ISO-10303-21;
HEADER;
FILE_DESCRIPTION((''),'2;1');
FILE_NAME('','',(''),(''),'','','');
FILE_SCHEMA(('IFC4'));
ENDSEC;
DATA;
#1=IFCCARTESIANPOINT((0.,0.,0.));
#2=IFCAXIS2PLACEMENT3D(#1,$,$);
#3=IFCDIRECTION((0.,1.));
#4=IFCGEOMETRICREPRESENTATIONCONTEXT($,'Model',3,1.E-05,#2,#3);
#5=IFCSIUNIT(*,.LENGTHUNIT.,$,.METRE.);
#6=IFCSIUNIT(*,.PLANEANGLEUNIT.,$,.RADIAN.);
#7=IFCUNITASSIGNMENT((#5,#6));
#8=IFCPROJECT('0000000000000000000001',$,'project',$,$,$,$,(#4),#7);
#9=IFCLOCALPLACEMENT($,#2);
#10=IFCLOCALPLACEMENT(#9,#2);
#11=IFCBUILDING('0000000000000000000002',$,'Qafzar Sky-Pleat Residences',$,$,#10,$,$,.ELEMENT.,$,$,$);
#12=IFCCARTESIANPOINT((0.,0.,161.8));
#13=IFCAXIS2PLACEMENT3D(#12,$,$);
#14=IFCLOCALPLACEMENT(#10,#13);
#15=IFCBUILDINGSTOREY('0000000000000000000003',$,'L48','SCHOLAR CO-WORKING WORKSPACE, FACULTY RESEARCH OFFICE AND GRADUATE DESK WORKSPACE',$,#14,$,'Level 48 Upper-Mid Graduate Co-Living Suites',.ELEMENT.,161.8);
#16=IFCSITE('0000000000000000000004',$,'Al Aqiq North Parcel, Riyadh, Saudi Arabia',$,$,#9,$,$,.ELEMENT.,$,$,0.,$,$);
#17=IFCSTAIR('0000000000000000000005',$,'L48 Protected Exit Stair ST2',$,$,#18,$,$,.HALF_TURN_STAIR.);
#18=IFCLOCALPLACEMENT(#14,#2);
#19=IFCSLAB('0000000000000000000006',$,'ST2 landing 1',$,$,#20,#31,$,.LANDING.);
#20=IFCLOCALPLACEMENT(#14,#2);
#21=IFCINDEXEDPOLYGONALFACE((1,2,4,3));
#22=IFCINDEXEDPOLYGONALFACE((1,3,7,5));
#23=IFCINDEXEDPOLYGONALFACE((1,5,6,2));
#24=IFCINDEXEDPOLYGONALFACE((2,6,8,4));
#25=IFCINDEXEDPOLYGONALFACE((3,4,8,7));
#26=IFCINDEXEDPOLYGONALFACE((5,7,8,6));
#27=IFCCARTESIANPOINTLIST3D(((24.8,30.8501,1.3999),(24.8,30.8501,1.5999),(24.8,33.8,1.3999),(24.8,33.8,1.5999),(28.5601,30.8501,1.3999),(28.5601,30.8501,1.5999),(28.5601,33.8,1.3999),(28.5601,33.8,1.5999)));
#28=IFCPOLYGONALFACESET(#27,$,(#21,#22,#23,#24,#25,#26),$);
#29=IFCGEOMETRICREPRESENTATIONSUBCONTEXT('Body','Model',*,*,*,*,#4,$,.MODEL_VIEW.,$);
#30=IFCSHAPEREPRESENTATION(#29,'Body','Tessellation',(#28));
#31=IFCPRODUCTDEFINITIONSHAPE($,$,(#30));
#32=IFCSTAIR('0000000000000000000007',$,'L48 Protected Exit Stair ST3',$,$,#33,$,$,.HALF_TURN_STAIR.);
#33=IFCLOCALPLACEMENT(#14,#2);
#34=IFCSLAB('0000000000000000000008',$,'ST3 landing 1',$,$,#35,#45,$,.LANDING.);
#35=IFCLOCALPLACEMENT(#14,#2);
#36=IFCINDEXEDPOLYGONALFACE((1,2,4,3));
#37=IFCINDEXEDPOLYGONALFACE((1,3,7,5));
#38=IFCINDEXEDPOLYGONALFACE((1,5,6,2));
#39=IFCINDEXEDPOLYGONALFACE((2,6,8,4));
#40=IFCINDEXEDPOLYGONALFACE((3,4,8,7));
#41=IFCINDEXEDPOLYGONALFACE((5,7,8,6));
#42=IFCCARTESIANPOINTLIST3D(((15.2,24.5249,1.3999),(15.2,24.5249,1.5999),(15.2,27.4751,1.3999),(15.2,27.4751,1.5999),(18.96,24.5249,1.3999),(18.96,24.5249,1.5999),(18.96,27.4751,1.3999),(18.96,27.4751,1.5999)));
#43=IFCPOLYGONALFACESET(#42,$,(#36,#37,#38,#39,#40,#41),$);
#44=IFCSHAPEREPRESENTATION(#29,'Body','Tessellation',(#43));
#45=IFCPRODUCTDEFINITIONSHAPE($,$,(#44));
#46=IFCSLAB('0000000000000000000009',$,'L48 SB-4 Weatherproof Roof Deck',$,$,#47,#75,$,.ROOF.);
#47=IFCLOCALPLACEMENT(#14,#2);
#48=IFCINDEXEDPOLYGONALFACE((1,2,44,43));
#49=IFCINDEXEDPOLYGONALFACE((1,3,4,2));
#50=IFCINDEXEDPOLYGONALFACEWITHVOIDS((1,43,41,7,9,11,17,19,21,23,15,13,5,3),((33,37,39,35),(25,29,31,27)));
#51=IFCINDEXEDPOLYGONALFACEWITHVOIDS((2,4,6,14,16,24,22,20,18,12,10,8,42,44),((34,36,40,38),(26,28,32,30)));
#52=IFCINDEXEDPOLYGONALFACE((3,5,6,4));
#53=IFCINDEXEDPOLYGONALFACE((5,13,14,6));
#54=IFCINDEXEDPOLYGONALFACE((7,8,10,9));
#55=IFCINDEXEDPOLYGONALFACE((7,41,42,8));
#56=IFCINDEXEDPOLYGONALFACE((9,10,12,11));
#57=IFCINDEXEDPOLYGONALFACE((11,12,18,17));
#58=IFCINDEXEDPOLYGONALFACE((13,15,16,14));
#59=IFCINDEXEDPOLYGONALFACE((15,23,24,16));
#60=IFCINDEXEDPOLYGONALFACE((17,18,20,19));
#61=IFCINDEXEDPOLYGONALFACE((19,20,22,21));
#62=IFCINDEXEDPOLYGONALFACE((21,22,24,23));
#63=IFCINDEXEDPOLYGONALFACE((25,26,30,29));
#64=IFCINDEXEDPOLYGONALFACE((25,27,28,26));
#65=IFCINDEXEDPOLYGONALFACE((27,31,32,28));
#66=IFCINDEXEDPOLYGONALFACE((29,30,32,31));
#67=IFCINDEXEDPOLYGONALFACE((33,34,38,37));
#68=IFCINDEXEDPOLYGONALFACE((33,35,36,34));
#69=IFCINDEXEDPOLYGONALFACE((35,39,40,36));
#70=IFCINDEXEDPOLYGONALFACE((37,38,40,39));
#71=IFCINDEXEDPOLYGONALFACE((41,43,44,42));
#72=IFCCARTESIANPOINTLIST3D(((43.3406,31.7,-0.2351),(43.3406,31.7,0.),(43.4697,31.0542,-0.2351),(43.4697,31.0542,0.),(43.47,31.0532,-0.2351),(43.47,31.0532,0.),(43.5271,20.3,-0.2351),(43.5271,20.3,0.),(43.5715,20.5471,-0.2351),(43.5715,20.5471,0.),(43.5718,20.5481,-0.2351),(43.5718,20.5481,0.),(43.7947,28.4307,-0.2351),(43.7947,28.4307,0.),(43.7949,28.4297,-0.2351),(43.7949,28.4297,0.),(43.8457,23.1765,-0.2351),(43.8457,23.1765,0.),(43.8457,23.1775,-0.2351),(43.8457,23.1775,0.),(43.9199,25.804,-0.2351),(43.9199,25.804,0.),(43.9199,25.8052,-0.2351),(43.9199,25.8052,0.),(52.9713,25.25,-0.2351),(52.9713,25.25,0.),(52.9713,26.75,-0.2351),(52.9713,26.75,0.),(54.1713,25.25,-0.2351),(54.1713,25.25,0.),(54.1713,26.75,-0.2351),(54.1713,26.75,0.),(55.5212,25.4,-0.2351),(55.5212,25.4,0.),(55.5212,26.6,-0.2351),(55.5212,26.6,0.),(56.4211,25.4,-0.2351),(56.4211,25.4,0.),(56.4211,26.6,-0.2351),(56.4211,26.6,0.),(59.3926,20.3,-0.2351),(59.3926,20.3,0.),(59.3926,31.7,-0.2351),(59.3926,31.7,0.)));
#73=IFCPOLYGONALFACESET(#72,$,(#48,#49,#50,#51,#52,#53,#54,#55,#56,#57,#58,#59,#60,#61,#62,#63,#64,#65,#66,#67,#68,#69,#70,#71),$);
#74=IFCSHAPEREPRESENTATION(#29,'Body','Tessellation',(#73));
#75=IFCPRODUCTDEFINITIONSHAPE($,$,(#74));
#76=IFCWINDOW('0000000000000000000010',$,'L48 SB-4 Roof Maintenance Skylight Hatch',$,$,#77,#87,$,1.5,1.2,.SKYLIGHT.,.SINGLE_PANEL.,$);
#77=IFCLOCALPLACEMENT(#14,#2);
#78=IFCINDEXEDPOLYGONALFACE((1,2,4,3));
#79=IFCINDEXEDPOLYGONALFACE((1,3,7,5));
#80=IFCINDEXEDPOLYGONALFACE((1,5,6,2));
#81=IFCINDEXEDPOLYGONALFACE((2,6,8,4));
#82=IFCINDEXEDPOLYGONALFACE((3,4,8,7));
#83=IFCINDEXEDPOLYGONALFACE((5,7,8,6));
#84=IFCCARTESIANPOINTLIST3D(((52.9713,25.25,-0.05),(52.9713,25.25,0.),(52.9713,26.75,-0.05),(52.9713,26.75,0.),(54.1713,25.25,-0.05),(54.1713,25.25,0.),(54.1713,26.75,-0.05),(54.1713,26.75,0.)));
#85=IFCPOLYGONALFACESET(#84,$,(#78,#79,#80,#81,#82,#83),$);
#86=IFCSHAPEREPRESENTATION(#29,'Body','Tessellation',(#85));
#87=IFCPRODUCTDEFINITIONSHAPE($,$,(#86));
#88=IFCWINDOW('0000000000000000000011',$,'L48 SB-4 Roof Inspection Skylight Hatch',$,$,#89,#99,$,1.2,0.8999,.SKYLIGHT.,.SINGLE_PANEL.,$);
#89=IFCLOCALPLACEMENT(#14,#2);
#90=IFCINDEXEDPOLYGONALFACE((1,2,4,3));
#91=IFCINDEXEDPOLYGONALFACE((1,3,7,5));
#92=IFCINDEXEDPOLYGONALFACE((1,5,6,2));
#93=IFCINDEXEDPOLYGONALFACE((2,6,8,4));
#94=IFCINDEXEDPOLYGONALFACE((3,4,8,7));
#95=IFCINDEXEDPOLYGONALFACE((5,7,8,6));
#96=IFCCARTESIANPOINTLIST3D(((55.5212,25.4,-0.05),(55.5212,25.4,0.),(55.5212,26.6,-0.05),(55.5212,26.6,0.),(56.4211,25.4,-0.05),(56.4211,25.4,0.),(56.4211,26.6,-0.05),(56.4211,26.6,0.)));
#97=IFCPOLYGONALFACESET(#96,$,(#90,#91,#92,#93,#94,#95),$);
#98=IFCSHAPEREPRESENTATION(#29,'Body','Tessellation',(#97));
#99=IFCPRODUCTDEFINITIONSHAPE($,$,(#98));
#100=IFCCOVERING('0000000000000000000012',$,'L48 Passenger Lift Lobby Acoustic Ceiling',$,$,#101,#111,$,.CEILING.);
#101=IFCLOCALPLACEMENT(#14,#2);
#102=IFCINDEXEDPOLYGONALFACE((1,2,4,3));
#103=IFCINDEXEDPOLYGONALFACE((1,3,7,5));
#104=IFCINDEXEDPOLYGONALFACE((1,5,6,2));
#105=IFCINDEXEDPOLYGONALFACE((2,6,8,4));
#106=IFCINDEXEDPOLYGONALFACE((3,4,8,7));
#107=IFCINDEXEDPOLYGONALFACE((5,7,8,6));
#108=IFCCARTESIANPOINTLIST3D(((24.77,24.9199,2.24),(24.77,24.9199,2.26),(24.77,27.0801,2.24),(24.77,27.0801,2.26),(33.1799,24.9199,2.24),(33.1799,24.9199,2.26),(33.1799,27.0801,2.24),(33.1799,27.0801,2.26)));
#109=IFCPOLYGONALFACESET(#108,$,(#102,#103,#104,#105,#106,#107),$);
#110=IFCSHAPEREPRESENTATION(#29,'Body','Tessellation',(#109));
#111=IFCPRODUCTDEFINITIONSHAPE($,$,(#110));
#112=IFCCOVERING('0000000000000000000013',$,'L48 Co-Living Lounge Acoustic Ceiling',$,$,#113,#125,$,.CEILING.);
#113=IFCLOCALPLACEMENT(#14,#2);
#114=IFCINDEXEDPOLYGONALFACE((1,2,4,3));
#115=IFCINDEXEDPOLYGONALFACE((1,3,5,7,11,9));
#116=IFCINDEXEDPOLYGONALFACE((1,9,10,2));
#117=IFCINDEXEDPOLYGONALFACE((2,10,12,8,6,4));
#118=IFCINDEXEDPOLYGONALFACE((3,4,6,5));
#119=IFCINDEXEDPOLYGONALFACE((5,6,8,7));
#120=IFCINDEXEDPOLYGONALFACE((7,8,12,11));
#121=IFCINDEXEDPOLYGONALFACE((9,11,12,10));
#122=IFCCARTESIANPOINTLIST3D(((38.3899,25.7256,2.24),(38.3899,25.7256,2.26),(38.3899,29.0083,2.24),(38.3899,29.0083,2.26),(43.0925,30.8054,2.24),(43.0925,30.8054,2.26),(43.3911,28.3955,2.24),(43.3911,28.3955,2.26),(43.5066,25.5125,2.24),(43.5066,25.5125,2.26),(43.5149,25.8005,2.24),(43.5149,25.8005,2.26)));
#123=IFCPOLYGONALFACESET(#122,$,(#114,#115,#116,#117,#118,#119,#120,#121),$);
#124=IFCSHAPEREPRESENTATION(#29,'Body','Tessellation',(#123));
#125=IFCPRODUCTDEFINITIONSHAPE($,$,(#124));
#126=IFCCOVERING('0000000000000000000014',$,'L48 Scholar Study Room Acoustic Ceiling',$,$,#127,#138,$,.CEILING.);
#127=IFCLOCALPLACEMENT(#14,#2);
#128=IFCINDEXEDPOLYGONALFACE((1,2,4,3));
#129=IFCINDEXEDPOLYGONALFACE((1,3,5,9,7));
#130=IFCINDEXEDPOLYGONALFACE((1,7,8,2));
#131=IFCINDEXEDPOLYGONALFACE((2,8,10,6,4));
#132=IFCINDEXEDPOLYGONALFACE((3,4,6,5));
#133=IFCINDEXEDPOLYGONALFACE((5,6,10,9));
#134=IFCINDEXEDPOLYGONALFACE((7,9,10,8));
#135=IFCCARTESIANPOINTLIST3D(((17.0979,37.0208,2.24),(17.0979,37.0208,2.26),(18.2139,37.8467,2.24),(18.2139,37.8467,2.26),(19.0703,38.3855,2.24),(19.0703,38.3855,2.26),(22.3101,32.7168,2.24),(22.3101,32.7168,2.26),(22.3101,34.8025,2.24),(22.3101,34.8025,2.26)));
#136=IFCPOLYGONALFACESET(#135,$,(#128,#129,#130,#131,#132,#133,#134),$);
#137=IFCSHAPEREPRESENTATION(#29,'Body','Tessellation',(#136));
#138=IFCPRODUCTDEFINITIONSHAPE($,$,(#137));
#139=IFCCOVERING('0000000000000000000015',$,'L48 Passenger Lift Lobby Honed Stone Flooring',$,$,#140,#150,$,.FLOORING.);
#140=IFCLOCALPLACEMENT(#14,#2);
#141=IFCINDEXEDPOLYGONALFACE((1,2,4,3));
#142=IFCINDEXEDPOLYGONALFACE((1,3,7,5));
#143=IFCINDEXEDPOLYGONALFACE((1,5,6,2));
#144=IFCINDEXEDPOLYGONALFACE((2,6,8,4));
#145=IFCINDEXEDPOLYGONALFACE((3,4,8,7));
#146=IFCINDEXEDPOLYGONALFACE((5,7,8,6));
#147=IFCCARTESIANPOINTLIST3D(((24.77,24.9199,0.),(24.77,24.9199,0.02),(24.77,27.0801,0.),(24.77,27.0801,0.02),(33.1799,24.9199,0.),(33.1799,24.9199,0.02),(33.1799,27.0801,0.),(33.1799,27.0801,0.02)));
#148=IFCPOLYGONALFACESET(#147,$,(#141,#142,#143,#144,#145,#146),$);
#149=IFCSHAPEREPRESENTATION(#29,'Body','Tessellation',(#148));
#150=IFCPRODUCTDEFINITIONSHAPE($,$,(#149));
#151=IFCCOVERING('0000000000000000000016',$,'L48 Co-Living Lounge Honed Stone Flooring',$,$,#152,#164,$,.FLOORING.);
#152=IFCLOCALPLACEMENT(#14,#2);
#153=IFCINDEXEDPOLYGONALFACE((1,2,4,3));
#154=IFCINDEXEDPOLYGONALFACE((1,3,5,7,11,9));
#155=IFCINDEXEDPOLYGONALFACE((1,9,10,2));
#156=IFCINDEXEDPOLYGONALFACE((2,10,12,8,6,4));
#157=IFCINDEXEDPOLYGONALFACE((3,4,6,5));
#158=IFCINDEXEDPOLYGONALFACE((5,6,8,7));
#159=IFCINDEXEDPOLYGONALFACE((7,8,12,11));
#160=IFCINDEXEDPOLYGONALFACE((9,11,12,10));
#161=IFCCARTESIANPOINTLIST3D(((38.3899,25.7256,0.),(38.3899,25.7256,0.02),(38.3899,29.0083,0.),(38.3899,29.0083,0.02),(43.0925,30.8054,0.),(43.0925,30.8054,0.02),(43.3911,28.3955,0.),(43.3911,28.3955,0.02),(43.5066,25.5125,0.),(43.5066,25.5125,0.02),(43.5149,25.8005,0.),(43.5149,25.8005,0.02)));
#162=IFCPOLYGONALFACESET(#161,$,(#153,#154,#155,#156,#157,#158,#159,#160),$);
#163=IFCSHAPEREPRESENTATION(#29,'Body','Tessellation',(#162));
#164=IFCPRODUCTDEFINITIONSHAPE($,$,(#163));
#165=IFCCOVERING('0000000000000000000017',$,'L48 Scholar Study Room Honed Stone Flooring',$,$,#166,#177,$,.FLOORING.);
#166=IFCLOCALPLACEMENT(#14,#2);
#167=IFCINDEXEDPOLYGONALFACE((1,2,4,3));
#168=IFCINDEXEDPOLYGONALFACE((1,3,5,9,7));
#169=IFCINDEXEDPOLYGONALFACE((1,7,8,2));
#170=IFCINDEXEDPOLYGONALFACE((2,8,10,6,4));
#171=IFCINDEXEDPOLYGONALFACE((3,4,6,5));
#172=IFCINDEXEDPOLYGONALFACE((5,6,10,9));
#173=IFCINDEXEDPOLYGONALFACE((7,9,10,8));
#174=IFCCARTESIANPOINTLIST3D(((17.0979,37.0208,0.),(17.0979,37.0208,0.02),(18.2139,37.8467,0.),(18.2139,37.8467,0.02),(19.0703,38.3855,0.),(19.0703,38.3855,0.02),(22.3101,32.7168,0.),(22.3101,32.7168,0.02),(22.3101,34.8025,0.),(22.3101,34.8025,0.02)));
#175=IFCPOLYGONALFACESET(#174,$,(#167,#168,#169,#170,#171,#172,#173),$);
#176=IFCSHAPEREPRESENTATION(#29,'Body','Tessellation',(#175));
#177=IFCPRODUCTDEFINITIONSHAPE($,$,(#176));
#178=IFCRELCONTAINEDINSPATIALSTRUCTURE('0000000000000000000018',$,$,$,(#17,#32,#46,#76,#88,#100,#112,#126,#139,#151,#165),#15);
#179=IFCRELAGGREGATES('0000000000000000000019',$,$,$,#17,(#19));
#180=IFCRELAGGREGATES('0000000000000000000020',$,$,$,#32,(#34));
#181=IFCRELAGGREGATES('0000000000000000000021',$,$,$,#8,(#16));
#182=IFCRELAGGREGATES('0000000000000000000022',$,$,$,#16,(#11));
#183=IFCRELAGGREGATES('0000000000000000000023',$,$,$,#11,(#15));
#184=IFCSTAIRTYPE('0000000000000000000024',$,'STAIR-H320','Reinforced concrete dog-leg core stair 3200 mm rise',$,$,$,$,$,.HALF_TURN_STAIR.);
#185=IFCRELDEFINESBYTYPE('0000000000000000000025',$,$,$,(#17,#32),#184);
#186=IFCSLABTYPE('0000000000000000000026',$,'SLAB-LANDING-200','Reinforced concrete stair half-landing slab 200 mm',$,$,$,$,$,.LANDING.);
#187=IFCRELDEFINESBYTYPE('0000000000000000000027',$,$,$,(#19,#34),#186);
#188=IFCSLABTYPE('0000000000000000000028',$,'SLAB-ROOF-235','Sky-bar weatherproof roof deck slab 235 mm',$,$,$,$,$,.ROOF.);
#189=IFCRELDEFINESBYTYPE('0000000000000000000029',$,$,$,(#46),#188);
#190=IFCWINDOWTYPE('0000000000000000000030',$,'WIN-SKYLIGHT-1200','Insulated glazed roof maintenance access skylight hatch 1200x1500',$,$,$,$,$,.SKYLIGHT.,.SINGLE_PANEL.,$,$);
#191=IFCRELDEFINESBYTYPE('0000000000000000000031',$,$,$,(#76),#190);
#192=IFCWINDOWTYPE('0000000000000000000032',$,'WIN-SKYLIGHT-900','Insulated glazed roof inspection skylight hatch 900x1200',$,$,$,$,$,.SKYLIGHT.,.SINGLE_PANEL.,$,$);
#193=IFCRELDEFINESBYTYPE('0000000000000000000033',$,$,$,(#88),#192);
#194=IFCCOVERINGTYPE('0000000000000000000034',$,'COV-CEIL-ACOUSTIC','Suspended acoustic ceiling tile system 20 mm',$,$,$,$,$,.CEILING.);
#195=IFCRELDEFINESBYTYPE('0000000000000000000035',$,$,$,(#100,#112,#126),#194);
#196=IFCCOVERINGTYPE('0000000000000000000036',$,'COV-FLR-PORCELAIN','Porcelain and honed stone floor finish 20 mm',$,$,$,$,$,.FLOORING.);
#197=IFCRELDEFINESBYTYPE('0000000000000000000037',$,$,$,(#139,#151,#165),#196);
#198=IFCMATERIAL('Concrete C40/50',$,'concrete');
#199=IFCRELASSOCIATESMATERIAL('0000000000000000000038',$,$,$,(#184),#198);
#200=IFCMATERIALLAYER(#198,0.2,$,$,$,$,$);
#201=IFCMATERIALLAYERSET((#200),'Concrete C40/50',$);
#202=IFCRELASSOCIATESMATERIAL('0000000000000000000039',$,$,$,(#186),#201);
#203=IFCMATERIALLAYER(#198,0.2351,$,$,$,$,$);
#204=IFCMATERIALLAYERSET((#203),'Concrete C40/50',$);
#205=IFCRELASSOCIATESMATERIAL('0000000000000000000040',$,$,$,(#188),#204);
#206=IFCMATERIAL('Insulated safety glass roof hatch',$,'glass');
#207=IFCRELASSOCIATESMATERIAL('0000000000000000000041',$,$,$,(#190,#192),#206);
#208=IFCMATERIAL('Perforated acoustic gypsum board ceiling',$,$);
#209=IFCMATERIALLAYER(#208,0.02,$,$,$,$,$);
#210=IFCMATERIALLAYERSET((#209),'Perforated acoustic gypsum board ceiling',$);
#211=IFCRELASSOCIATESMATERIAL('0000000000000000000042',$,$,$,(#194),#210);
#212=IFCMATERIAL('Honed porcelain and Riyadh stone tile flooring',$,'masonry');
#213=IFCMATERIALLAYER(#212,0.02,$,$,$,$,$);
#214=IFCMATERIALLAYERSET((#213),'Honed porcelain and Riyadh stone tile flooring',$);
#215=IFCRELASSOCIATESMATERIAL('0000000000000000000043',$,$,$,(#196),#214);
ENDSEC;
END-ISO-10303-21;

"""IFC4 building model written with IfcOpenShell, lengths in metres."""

from ifc_helpers import new_model, si_unit, direction, frame, origin, origin_2d, place, context, subcontext, project, spatial, polyline, rectangle, outline, extrude, material, layer, layer_set, type_object, element, fill, aggregate, save


model = new_model("IFC4")

# Units and contexts
model_context = context("Model", 3, precision=1e-05, world=origin(), true_north=direction((0.0, 1.0)))
body_context = subcontext(model_context, "Body", "Model", "MODEL_VIEW")
ifc_project = project(units=[si_unit("LENGTHUNIT", "METRE"), si_unit("PLANEANGLEUNIT", "RADIAN")], contexts=[model_context])

# Site, building, storey
site_placement = place(None, origin())
site = spatial("IfcSite", under=ifc_project, at=site_placement, Name="Al Aqiq North Parcel, Riyadh, Saudi Arabia", CompositionType="ELEMENT", RefElevation=0.0)
building_placement = place(site_placement, origin())
building = spatial("IfcBuilding", under=site, at=building_placement, Name="Qafzar Sky-Pleat Residences", CompositionType="ELEMENT")
storey_placement = place(building_placement, frame((0.0, 0.0, 161.8)))
storey = spatial("IfcBuildingStorey", under=building, at=storey_placement, Name="L48", Description="SCHOLAR CO-WORKING WORKSPACE, FACULTY RESEARCH OFFICE AND GRADUATE DESK WORKSPACE", LongName="Level 48 Upper-Mid Graduate Co-Living Suites", CompositionType="ELEMENT", Elevation=161.8)

# Shared definitions
ifc_material_1 = material(Name="Concrete C40/50", Category="concrete")

# Stairs, slabs
stair_type = type_object("IfcStairType", Name="STAIR-H320", Description="Reinforced concrete dog-leg core stair 3200 mm rise", PredefinedType="HALF_TURN_STAIR", material=ifc_material_1)
ifc_layer_1 = layer(ifc_material_1, 0.2)
ifc_layer_set_1 = layer_set([ifc_layer_1], Name="Concrete C40/50")
slab_type_1 = type_object("IfcSlabType", Name="SLAB-LANDING-200", Description="Reinforced concrete stair half-landing slab 200 mm", PredefinedType="LANDING", material=ifc_layer_set_1)
stair_1_placement = place(storey_placement, origin())
stair_1 = element("IfcStair", 1, at=stair_1_placement, inside=storey, type_object=stair_type, Name="L48 Protected Exit Stair ST2", PredefinedType="HALF_TURN_STAIR")
slab_1_placement = place(storey_placement, frame((0.0, 0.0, 1.3999)))
slab_1 = element("IfcSlab", 2, at=slab_1_placement, type_object=slab_type_1, Name="ST2 landing 1", PredefinedType="LANDING", context=body_context, shape_type="SweptSolid", body=[
    extrude(outline(polyline([(28.5601, 33.8), (24.8, 33.8), (24.8, 30.8501), (28.5601, 30.8501), (28.5601, 33.8)])), origin(), (0.0, 0.0, 1.0), 0.2),
])
aggregate(stair_1, [slab_1])
stair_2_placement = place(storey_placement, origin())
stair_2 = element("IfcStair", 3, at=stair_2_placement, inside=storey, type_object=stair_type, Name="L48 Protected Exit Stair ST3", PredefinedType="HALF_TURN_STAIR")
slab_2_placement = place(storey_placement, frame((0.0, 0.0, 1.3999)))
slab_2 = element("IfcSlab", 4, at=slab_2_placement, type_object=slab_type_1, Name="ST3 landing 1", PredefinedType="LANDING", context=body_context, shape_type="SweptSolid", body=[
    extrude(outline(polyline([(18.96, 27.4751), (15.2, 27.4751), (15.2, 24.5249), (18.96, 24.5249), (18.96, 27.4751)])), origin(), (0.0, 0.0, 1.0), 0.2),
])
aggregate(stair_2, [slab_2])

# Slab, openings, windows
ifc_layer_2 = layer(ifc_material_1, 0.2351)
ifc_layer_set_2 = layer_set([ifc_layer_2], Name="Concrete C40/50")
slab_type_2 = type_object("IfcSlabType", Name="SLAB-ROOF-235", Description="Sky-bar weatherproof roof deck slab 235 mm", PredefinedType="ROOF", material=ifc_layer_set_2)
slab_3_placement = place(storey_placement, frame((0.0, 0.0, -0.2351)))
slab_3 = element("IfcSlab", 5, at=slab_3_placement, inside=storey, type_object=slab_type_2, Name="L48 SB-4 Weatherproof Roof Deck", PredefinedType="ROOF", context=body_context, shape_type="SweptSolid", body=[
    extrude(outline(polyline([(59.3926, 31.7), (59.3926, 20.3), (43.5271, 20.3), (43.5715, 20.5471), (43.5718, 20.5481), (43.8457, 23.1765), (43.8457, 23.1775), (43.9199, 25.804), (43.9199, 25.8052), (43.7949, 28.4297), (43.7947, 28.4307), (43.47, 31.0532), (43.4697, 31.0542), (43.3406, 31.7), (59.3926, 31.7)])), origin(), (0.0, 0.0, 1.0), 0.2351),
])
opening_1_placement = place(slab_3_placement, frame((53.5713, 26.0, -0.01)))
opening_1 = element("IfcOpeningElement", 6, at=opening_1_placement, cuts=slab_3, PredefinedType="OPENING", context=body_context, shape_type="SweptSolid", body=[
    extrude(rectangle(XDim=1.2, YDim=1.5, at=origin_2d()), origin(), (0.0, 0.0, 1.0), 0.2551),
])
opening_2_placement = place(slab_3_placement, frame((55.9712, 26.0, -0.01)))
opening_2 = element("IfcOpeningElement", 7, at=opening_2_placement, cuts=slab_3, PredefinedType="OPENING", context=body_context, shape_type="SweptSolid", body=[
    extrude(rectangle(XDim=0.8999, YDim=1.2, at=origin_2d()), origin(), (0.0, 0.0, 1.0), 0.2551),
])
ifc_material_2 = material(Name="Insulated safety glass roof hatch", Category="glass")
window_type_1 = type_object("IfcWindowType", Name="WIN-SKYLIGHT-1200", Description="Insulated glazed roof maintenance access skylight hatch 1200x1500", PartitioningType="SINGLE_PANEL", PredefinedType="SKYLIGHT", material=ifc_material_2)
window_1_placement = place(slab_3_placement, frame((53.5713, 26.0, 0.1851)))
window_1 = element("IfcWindow", 8, at=window_1_placement, inside=storey, type_object=window_type_1, Name="L48 SB-4 Roof Maintenance Skylight Hatch", OverallHeight=1.5, OverallWidth=1.2, PartitioningType="SINGLE_PANEL", PredefinedType="SKYLIGHT", context=body_context, shape_type="SweptSolid", body=[
    extrude(rectangle(XDim=1.2, YDim=1.5, at=origin_2d()), origin(), (0.0, 0.0, 1.0), 0.05),
])
fill(opening_1, window_1)
window_type_2 = type_object("IfcWindowType", Name="WIN-SKYLIGHT-900", Description="Insulated glazed roof inspection skylight hatch 900x1200", PartitioningType="SINGLE_PANEL", PredefinedType="SKYLIGHT", material=ifc_material_2)
window_2_placement = place(slab_3_placement, frame((55.9712, 26.0, 0.1851)))
window_2 = element("IfcWindow", 9, at=window_2_placement, inside=storey, type_object=window_type_2, Name="L48 SB-4 Roof Inspection Skylight Hatch", OverallHeight=1.2, OverallWidth=0.8999, PartitioningType="SINGLE_PANEL", PredefinedType="SKYLIGHT", context=body_context, shape_type="SweptSolid", body=[
    extrude(rectangle(XDim=0.8999, YDim=1.2, at=origin_2d()), origin(), (0.0, 0.0, 1.0), 0.05),
])
fill(opening_2, window_2)

# Coverings
ifc_material_3 = material(Name="Perforated acoustic gypsum board ceiling")
ifc_layer_3 = layer(ifc_material_3, 0.02)
ifc_layer_set_3 = layer_set([ifc_layer_3], Name="Perforated acoustic gypsum board ceiling")
covering_type_1 = type_object("IfcCoveringType", Name="COV-CEIL-ACOUSTIC", Description="Suspended acoustic ceiling tile system 20 mm", PredefinedType="CEILING", material=ifc_layer_set_3)
covering_1_placement = place(storey_placement, frame((0.0, 0.0, 2.24)))
element("IfcCovering", 10, at=covering_1_placement, inside=storey, type_object=covering_type_1, Name="L48 Passenger Lift Lobby Acoustic Ceiling", PredefinedType="CEILING", context=body_context, shape_type="SweptSolid", body=[
    extrude(outline(polyline([(33.1799, 24.9199), (24.77, 24.9199), (24.77, 27.0801), (33.1799, 27.0801), (33.1799, 24.9199)])), origin(), (0.0, 0.0, 1.0), 0.02),
])
covering_2_placement = place(storey_placement, frame((0.0, 0.0, 2.24)))
element("IfcCovering", 11, at=covering_2_placement, inside=storey, type_object=covering_type_1, Name="L48 Co-Living Lounge Acoustic Ceiling", PredefinedType="CEILING", context=body_context, shape_type="SweptSolid", body=[
    extrude(outline(polyline([(43.3911, 28.3955), (43.5149, 25.8005), (43.5066, 25.5125), (38.3899, 25.7256), (38.3899, 29.0083), (43.0925, 30.8054), (43.3911, 28.3955)])), origin(), (0.0, 0.0, 1.0), 0.02),
])
covering_3_placement = place(storey_placement, frame((0.0, 0.0, 2.24)))
element("IfcCovering", 12, at=covering_3_placement, inside=storey, type_object=covering_type_1, Name="L48 Scholar Study Room Acoustic Ceiling", PredefinedType="CEILING", context=body_context, shape_type="SweptSolid", body=[
    extrude(outline(polyline([(19.0703, 38.3855), (22.3101, 34.8025), (22.3101, 32.7168), (17.0979, 37.0208), (18.2139, 37.8467), (19.0703, 38.3855)])), origin(), (0.0, 0.0, 1.0), 0.02),
])
ifc_material_4 = material(Name="Honed porcelain and Riyadh stone tile flooring", Category="masonry")
ifc_layer_4 = layer(ifc_material_4, 0.02)
ifc_layer_set_4 = layer_set([ifc_layer_4], Name="Honed porcelain and Riyadh stone tile flooring")
covering_type_2 = type_object("IfcCoveringType", Name="COV-FLR-PORCELAIN", Description="Porcelain and honed stone floor finish 20 mm", PredefinedType="FLOORING", material=ifc_layer_set_4)
covering_4_placement = place(storey_placement, origin())
element("IfcCovering", 13, at=covering_4_placement, inside=storey, type_object=covering_type_2, Name="L48 Passenger Lift Lobby Honed Stone Flooring", PredefinedType="FLOORING", context=body_context, shape_type="SweptSolid", body=[
    extrude(outline(polyline([(33.1799, 24.9199), (24.77, 24.9199), (24.77, 27.0801), (33.1799, 27.0801), (33.1799, 24.9199)])), origin(), (0.0, 0.0, 1.0), 0.02),
])
covering_5_placement = place(storey_placement, origin())
element("IfcCovering", 14, at=covering_5_placement, inside=storey, type_object=covering_type_2, Name="L48 Co-Living Lounge Honed Stone Flooring", PredefinedType="FLOORING", context=body_context, shape_type="SweptSolid", body=[
    extrude(outline(polyline([(43.3911, 28.3955), (43.5149, 25.8005), (43.5066, 25.5125), (38.3899, 25.7256), (38.3899, 29.0083), (43.0925, 30.8054), (43.3911, 28.3955)])), origin(), (0.0, 0.0, 1.0), 0.02),
])
covering_6_placement = place(storey_placement, origin())
element("IfcCovering", 15, at=covering_6_placement, inside=storey, type_object=covering_type_2, Name="L48 Scholar Study Room Honed Stone Flooring", PredefinedType="FLOORING", context=body_context, shape_type="SweptSolid", body=[
    extrude(outline(polyline([(19.0703, 38.3855), (22.3101, 34.8025), (22.3101, 32.7168), (17.0979, 37.0208), (18.2139, 37.8467), (19.0703, 38.3855)])), origin(), (0.0, 0.0, 1.0), 0.02),
])

save(model, "model.ifc")
